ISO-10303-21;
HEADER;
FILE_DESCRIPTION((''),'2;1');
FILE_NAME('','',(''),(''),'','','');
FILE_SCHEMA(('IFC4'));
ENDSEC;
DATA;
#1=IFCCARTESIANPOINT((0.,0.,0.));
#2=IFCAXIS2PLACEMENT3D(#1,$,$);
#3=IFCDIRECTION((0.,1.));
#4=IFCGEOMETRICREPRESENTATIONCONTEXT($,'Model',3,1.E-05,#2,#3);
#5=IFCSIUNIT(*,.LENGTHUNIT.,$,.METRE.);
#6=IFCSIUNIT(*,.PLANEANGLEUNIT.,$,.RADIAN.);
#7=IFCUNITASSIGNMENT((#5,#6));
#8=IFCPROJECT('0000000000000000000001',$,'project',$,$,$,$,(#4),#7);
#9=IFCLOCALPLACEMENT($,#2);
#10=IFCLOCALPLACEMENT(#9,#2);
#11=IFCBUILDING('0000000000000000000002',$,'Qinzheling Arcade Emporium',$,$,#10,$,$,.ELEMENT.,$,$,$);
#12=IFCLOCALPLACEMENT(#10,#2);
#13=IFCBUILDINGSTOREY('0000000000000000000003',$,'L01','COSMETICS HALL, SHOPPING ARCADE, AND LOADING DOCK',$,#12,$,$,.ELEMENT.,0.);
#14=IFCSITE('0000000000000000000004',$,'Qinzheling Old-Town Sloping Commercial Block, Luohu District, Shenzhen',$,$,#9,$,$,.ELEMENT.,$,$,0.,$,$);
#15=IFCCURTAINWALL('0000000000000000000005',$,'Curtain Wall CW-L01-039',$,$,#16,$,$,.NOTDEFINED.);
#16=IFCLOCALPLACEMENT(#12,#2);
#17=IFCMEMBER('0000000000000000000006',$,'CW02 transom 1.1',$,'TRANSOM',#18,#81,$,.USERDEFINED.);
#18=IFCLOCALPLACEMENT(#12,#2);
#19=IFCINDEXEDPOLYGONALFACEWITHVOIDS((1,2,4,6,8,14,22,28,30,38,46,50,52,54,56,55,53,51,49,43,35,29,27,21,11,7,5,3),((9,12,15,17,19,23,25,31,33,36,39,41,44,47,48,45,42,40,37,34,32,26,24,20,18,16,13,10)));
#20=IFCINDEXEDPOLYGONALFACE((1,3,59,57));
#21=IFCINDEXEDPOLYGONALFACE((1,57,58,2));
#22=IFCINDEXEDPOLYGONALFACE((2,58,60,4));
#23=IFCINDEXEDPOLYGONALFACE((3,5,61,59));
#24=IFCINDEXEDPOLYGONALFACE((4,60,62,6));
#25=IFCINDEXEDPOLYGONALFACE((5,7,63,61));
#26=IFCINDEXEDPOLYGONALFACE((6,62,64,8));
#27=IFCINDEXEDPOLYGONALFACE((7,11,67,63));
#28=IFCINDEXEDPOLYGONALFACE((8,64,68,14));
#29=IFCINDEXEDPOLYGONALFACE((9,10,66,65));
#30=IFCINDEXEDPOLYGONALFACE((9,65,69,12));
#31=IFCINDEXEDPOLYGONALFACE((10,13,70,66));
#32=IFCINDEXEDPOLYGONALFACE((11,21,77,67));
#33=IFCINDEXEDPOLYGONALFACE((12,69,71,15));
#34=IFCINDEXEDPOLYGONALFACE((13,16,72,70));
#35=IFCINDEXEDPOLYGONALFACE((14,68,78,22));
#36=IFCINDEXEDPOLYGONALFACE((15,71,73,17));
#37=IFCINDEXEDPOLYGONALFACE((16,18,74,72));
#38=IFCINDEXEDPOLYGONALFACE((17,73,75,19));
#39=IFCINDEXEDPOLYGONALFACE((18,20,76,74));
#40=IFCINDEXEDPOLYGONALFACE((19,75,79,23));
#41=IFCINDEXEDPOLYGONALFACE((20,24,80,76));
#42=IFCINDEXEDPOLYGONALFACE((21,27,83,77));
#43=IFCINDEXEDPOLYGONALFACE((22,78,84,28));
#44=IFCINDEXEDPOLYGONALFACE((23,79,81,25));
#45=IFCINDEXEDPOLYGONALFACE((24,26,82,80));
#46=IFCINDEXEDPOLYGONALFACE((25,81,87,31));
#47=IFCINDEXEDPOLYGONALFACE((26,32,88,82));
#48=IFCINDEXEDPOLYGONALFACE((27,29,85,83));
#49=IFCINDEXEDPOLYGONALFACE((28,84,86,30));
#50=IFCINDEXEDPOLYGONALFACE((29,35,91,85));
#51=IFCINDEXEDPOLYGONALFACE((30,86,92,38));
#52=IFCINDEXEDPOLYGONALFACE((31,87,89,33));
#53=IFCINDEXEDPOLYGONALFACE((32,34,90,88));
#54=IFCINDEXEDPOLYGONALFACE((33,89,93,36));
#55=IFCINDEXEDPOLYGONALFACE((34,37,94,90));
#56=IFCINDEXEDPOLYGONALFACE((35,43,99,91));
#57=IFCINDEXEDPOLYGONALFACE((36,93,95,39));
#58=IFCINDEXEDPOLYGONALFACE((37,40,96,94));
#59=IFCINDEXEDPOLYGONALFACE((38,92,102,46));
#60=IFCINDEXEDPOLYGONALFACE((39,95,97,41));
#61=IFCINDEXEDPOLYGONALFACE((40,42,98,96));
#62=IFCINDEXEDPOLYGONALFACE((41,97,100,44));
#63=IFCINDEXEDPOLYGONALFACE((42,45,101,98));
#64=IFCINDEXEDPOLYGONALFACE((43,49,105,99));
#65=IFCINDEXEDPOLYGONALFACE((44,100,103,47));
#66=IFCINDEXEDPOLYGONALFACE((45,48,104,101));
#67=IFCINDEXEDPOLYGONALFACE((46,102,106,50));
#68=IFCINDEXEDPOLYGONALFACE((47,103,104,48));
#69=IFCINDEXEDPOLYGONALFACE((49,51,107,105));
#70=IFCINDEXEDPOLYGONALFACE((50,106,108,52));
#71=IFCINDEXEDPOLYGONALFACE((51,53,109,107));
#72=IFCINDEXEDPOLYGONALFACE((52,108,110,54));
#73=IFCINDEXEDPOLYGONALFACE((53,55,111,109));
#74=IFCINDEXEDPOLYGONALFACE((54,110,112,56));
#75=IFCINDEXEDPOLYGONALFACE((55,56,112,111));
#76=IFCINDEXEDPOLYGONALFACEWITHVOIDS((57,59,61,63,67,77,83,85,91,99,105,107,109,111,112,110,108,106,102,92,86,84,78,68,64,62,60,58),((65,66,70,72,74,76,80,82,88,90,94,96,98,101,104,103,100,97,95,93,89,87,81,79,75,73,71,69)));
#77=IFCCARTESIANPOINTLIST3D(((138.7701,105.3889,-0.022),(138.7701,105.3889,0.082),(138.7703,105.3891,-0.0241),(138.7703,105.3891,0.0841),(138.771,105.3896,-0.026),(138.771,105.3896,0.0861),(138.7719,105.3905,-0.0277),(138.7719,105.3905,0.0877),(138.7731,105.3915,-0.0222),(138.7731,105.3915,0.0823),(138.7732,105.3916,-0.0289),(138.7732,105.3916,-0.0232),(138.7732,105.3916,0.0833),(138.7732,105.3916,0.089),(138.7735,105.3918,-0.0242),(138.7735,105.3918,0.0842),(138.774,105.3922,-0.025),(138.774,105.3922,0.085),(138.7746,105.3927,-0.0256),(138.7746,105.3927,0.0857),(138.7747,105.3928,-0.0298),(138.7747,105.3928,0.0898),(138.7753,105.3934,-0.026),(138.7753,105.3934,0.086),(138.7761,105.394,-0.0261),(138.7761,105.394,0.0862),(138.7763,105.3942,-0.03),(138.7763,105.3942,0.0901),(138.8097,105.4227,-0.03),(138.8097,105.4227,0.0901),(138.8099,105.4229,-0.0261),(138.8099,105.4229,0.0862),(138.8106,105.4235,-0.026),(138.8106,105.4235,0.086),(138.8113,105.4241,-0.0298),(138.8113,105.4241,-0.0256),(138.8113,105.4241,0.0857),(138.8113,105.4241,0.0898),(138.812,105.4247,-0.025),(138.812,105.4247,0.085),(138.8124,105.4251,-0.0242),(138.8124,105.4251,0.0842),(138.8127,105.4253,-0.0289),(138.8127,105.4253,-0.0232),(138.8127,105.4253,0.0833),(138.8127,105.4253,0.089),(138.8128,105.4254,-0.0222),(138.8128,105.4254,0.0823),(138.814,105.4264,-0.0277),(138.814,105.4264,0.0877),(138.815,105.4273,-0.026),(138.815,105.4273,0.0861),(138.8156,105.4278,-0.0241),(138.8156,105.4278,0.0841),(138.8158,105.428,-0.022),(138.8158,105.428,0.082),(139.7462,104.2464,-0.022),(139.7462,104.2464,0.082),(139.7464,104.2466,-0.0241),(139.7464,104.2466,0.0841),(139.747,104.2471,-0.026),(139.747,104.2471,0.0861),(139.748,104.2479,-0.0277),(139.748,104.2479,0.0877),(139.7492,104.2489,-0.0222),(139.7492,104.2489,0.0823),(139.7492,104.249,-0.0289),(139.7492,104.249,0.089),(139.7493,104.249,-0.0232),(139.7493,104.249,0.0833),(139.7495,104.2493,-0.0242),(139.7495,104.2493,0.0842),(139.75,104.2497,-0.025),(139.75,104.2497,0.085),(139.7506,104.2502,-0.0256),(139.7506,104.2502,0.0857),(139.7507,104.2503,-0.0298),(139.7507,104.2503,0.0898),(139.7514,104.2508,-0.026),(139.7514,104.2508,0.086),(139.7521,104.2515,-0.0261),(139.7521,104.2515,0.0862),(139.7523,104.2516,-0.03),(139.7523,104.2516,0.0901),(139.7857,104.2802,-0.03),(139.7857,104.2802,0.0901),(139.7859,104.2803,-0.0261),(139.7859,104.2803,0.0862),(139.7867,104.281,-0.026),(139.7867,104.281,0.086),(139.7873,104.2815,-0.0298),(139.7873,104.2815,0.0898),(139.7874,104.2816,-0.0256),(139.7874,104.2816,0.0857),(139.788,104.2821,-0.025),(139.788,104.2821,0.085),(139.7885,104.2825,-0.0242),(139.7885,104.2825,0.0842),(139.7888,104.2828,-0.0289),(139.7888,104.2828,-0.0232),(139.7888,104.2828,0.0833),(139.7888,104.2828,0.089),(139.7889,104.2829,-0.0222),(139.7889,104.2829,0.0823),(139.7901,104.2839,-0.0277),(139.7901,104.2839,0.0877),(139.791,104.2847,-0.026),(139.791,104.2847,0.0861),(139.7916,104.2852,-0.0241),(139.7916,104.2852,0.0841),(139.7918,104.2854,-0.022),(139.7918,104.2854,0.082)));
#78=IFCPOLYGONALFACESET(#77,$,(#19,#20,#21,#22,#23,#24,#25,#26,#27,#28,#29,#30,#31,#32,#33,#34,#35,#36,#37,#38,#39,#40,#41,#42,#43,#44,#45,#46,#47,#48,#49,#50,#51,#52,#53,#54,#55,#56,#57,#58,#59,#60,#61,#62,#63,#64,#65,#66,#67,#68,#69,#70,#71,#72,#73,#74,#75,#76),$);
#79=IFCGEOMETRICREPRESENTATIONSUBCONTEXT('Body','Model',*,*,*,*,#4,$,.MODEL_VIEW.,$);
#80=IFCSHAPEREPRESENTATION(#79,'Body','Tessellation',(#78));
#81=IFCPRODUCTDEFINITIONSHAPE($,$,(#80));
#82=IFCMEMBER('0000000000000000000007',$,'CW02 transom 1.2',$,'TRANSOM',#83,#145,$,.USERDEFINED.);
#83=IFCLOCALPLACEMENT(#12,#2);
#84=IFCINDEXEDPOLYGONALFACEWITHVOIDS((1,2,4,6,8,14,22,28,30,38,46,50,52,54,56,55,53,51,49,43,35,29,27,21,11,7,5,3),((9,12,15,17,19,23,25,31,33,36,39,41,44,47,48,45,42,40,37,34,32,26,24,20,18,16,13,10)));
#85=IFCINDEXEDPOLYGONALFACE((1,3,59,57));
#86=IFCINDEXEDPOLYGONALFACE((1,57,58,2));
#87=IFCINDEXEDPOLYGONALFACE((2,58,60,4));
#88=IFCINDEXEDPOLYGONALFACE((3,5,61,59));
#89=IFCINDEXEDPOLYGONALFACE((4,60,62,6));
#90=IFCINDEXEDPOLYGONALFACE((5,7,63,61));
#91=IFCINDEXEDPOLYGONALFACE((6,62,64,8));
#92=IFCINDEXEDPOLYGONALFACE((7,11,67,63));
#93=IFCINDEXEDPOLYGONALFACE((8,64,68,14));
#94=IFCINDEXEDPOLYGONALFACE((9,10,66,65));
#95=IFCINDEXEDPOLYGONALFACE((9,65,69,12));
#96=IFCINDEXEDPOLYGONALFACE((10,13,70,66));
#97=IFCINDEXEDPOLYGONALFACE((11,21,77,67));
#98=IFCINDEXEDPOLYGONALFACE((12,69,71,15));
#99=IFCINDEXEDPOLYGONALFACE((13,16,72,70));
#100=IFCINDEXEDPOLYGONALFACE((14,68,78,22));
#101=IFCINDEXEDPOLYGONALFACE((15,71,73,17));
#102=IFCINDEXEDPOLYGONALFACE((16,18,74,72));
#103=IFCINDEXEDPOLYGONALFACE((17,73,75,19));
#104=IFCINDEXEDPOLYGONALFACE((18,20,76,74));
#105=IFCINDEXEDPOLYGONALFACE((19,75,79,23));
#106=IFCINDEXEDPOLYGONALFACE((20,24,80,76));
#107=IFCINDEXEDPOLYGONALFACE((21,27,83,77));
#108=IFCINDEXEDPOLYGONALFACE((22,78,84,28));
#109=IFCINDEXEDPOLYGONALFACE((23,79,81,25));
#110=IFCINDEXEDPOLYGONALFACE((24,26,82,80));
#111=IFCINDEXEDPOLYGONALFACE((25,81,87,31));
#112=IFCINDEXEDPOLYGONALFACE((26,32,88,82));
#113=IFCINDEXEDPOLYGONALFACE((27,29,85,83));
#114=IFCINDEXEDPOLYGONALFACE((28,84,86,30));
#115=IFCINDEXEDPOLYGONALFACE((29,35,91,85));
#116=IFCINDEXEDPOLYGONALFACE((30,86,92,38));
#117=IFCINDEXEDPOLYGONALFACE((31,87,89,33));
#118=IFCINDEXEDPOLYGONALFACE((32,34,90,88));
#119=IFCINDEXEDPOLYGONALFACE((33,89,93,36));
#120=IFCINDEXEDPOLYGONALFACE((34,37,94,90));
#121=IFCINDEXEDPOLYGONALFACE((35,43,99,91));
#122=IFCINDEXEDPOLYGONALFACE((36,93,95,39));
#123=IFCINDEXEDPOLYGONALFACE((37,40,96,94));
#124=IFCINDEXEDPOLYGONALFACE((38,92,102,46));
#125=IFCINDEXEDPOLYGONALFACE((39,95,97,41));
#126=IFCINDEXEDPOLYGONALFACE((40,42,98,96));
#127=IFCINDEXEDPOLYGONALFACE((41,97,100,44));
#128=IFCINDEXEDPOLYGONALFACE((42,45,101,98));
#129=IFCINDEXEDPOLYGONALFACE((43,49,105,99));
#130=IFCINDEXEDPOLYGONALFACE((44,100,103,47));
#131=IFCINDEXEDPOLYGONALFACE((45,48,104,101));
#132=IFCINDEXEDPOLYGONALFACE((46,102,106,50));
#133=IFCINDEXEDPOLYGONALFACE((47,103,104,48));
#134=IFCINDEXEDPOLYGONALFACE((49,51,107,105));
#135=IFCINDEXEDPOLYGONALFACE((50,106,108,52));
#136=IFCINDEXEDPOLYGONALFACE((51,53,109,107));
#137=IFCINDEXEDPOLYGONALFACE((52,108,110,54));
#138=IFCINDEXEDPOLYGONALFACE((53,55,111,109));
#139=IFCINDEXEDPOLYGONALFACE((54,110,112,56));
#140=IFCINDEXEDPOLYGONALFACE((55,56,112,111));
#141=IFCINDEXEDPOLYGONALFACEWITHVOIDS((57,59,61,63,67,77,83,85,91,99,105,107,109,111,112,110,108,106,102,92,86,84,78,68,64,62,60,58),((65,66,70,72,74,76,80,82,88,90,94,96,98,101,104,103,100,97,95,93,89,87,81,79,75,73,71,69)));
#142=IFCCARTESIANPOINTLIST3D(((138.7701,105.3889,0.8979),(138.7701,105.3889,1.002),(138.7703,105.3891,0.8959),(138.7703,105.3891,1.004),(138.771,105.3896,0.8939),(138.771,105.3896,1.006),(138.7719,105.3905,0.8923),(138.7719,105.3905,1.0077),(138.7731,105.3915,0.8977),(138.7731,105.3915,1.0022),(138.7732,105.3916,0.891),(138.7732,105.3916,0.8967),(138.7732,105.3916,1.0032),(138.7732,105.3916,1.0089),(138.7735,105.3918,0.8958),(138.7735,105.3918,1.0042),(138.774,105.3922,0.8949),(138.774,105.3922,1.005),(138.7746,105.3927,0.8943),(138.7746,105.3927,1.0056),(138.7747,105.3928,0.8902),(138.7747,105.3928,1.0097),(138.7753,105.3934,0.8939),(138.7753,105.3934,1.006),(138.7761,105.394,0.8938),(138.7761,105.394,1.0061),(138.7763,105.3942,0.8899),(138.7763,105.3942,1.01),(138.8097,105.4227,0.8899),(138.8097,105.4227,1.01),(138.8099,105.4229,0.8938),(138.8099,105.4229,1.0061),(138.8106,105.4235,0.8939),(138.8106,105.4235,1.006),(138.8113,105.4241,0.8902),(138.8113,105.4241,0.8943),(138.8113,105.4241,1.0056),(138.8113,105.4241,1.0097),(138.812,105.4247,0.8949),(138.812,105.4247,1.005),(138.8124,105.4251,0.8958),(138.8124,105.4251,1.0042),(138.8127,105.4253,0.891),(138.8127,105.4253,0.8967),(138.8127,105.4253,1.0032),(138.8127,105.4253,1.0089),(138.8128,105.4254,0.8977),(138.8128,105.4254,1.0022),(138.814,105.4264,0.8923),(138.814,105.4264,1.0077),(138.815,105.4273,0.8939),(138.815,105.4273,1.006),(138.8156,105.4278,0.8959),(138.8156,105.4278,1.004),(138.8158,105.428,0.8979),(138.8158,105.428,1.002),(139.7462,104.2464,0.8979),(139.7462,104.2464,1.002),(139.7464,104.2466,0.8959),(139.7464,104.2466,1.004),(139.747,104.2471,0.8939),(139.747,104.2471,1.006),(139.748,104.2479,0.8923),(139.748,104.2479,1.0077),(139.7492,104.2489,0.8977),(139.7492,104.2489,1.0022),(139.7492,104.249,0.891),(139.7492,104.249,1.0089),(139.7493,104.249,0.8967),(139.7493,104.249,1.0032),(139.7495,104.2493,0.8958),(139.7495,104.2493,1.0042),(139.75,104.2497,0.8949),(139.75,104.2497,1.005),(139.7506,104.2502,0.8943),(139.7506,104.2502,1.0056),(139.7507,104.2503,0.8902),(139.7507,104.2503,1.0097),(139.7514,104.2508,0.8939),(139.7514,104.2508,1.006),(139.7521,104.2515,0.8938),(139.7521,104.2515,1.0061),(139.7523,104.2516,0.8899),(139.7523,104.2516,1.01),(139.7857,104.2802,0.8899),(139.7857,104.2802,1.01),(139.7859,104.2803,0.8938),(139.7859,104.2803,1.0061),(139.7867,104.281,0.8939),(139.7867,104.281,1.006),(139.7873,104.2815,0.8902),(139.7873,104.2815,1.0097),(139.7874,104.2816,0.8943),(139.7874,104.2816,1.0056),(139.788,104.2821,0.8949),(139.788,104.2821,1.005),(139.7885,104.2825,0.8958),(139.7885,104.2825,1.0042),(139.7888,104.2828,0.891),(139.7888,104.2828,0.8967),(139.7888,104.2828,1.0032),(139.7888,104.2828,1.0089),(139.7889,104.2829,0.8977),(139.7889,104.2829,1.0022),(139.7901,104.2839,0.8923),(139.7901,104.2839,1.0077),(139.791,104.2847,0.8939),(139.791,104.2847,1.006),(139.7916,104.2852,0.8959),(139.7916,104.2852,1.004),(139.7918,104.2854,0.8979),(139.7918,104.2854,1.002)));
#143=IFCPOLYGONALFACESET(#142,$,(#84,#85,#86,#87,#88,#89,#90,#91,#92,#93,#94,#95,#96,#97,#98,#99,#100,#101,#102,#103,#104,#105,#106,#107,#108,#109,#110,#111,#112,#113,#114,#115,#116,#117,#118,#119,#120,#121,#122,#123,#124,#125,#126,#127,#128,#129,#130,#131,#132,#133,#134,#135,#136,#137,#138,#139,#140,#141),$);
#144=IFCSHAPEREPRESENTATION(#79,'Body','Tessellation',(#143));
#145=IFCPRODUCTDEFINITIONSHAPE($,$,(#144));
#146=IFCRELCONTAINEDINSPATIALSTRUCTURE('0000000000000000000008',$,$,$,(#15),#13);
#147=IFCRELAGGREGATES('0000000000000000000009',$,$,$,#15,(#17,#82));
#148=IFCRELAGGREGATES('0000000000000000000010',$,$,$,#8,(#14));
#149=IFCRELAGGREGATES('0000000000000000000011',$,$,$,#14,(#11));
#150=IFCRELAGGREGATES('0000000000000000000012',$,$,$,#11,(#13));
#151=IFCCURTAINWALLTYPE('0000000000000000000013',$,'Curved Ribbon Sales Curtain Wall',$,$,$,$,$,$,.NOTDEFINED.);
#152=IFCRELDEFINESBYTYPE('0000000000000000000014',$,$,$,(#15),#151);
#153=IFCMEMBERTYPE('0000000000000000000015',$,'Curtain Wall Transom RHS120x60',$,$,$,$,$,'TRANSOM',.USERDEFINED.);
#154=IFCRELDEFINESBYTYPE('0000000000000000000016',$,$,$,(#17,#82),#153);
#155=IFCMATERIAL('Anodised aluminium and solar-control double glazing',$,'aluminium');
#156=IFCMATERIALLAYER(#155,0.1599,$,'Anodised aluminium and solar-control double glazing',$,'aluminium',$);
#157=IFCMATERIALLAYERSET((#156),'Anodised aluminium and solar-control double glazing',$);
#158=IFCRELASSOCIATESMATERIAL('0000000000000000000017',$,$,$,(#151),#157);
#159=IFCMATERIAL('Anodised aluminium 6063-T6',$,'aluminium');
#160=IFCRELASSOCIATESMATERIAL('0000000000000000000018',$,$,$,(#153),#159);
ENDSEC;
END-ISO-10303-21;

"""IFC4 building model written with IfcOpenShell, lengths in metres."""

from ifc_helpers import new_model, si_unit, direction, frame, origin, origin_2d, place, context, subcontext, project, spatial, hollow_rectangle, extrude, material, layer, layer_set, material_profile, profile_set, type_object, element, aggregate, save


model = new_model("IFC4")

# Units and contexts
model_context = context("Model", 3, precision=1e-05, world=origin(), true_north=direction((0.0, 1.0)))
body_context = subcontext(model_context, "Body", "Model", "MODEL_VIEW")
ifc_project = project(units=[si_unit("LENGTHUNIT", "METRE"), si_unit("PLANEANGLEUNIT", "RADIAN")], contexts=[model_context])

# Site, building, storey
site_placement = place(None, origin())
site = spatial("IfcSite", under=ifc_project, at=site_placement, Name="Qinzheling Old-Town Sloping Commercial Block, Luohu District, Shenzhen", CompositionType="ELEMENT", RefElevation=0.0)
building_placement = place(site_placement, origin())
building = spatial("IfcBuilding", under=site, at=building_placement, Name="Qinzheling Arcade Emporium", CompositionType="ELEMENT")
storey_placement = place(building_placement, origin())
storey = spatial("IfcBuildingStorey", under=building, at=storey_placement, Name="L01", Description="COSMETICS HALL, SHOPPING ARCADE, AND LOADING DOCK", CompositionType="ELEMENT", Elevation=0.0)

# Curtain wall
ifc_material_1 = material(Name="Anodised aluminium and solar-control double glazing", Category="aluminium")
ifc_layer_1 = layer(ifc_material_1, 0.1599, Name="Anodised aluminium and solar-control double glazing", Category="aluminium")
ifc_layer_set_1 = layer_set([ifc_layer_1], Name="Anodised aluminium and solar-control double glazing")
curtain_wall_type = type_object("IfcCurtainWallType", Name="Curved Ribbon Sales Curtain Wall", PredefinedType="NOTDEFINED", material=ifc_layer_set_1)
ifc_material_2 = material(Name="Anodised aluminium 6063-T6", Category="aluminium")
curtain_wall_1_placement = place(storey_placement, origin())
curtain_wall_1 = element("IfcCurtainWall", 1, at=curtain_wall_1_placement, inside=storey, type_object=curtain_wall_type, Name="Curtain Wall CW-L01-039", PredefinedType="NOTDEFINED")

# Members
ifc_material_profile_1 = material_profile(ifc_material_2, hollow_rectangle(XDim=0.0601, YDim=0.1201, WallThickness=0.0039, InnerFilletRadius=0.0039, OuterFilletRadius=0.0081, at=origin_2d()), Name="RHS 120x60x4", Category="aluminium")
ifc_profile_set_1 = profile_set([ifc_material_profile_1], Name="Anodised aluminium 6063-T6")
member_type_1 = type_object("IfcMemberType", Name="Curtain Wall Transom RHS120x60", ElementType="TRANSOM", PredefinedType="USERDEFINED", material=ifc_profile_set_1)
member_1_placement = place(storey_placement, frame((138.793, 105.4084, 0.03), z_axis=(0.649533, -0.760334, 0.0), x_axis=(0.760334, 0.649533, 0.0)))
member_1 = element("IfcMember", 2, at=member_1_placement, type_object=member_type_1, Name="CW02 transom 1.1", ObjectType="TRANSOM", PredefinedType="USERDEFINED", context=body_context, shape_type="SweptSolid", body=[
    extrude(hollow_rectangle(XDim=0.0601, YDim=0.1201, WallThickness=0.0039, InnerFilletRadius=0.0039, OuterFilletRadius=0.0081, at=origin_2d()), origin(), (0.0, 0.0, 1.0), 1.5027),
])
member_2_placement = place(storey_placement, frame((138.793, 105.4084, 0.95), z_axis=(0.649533, -0.760334, 0.0), x_axis=(0.760334, 0.649533, 0.0)))
member_2 = element("IfcMember", 3, at=member_2_placement, type_object=member_type_1, Name="CW02 transom 1.2", ObjectType="TRANSOM", PredefinedType="USERDEFINED", context=body_context, shape_type="SweptSolid", body=[
    extrude(hollow_rectangle(XDim=0.0601, YDim=0.1201, WallThickness=0.0039, InnerFilletRadius=0.0039, OuterFilletRadius=0.0081, at=origin_2d()), origin(), (0.0, 0.0, 1.0), 1.5027),
])

aggregate(curtain_wall_1, [member_1, member_2])

save(model, "model.ifc")
